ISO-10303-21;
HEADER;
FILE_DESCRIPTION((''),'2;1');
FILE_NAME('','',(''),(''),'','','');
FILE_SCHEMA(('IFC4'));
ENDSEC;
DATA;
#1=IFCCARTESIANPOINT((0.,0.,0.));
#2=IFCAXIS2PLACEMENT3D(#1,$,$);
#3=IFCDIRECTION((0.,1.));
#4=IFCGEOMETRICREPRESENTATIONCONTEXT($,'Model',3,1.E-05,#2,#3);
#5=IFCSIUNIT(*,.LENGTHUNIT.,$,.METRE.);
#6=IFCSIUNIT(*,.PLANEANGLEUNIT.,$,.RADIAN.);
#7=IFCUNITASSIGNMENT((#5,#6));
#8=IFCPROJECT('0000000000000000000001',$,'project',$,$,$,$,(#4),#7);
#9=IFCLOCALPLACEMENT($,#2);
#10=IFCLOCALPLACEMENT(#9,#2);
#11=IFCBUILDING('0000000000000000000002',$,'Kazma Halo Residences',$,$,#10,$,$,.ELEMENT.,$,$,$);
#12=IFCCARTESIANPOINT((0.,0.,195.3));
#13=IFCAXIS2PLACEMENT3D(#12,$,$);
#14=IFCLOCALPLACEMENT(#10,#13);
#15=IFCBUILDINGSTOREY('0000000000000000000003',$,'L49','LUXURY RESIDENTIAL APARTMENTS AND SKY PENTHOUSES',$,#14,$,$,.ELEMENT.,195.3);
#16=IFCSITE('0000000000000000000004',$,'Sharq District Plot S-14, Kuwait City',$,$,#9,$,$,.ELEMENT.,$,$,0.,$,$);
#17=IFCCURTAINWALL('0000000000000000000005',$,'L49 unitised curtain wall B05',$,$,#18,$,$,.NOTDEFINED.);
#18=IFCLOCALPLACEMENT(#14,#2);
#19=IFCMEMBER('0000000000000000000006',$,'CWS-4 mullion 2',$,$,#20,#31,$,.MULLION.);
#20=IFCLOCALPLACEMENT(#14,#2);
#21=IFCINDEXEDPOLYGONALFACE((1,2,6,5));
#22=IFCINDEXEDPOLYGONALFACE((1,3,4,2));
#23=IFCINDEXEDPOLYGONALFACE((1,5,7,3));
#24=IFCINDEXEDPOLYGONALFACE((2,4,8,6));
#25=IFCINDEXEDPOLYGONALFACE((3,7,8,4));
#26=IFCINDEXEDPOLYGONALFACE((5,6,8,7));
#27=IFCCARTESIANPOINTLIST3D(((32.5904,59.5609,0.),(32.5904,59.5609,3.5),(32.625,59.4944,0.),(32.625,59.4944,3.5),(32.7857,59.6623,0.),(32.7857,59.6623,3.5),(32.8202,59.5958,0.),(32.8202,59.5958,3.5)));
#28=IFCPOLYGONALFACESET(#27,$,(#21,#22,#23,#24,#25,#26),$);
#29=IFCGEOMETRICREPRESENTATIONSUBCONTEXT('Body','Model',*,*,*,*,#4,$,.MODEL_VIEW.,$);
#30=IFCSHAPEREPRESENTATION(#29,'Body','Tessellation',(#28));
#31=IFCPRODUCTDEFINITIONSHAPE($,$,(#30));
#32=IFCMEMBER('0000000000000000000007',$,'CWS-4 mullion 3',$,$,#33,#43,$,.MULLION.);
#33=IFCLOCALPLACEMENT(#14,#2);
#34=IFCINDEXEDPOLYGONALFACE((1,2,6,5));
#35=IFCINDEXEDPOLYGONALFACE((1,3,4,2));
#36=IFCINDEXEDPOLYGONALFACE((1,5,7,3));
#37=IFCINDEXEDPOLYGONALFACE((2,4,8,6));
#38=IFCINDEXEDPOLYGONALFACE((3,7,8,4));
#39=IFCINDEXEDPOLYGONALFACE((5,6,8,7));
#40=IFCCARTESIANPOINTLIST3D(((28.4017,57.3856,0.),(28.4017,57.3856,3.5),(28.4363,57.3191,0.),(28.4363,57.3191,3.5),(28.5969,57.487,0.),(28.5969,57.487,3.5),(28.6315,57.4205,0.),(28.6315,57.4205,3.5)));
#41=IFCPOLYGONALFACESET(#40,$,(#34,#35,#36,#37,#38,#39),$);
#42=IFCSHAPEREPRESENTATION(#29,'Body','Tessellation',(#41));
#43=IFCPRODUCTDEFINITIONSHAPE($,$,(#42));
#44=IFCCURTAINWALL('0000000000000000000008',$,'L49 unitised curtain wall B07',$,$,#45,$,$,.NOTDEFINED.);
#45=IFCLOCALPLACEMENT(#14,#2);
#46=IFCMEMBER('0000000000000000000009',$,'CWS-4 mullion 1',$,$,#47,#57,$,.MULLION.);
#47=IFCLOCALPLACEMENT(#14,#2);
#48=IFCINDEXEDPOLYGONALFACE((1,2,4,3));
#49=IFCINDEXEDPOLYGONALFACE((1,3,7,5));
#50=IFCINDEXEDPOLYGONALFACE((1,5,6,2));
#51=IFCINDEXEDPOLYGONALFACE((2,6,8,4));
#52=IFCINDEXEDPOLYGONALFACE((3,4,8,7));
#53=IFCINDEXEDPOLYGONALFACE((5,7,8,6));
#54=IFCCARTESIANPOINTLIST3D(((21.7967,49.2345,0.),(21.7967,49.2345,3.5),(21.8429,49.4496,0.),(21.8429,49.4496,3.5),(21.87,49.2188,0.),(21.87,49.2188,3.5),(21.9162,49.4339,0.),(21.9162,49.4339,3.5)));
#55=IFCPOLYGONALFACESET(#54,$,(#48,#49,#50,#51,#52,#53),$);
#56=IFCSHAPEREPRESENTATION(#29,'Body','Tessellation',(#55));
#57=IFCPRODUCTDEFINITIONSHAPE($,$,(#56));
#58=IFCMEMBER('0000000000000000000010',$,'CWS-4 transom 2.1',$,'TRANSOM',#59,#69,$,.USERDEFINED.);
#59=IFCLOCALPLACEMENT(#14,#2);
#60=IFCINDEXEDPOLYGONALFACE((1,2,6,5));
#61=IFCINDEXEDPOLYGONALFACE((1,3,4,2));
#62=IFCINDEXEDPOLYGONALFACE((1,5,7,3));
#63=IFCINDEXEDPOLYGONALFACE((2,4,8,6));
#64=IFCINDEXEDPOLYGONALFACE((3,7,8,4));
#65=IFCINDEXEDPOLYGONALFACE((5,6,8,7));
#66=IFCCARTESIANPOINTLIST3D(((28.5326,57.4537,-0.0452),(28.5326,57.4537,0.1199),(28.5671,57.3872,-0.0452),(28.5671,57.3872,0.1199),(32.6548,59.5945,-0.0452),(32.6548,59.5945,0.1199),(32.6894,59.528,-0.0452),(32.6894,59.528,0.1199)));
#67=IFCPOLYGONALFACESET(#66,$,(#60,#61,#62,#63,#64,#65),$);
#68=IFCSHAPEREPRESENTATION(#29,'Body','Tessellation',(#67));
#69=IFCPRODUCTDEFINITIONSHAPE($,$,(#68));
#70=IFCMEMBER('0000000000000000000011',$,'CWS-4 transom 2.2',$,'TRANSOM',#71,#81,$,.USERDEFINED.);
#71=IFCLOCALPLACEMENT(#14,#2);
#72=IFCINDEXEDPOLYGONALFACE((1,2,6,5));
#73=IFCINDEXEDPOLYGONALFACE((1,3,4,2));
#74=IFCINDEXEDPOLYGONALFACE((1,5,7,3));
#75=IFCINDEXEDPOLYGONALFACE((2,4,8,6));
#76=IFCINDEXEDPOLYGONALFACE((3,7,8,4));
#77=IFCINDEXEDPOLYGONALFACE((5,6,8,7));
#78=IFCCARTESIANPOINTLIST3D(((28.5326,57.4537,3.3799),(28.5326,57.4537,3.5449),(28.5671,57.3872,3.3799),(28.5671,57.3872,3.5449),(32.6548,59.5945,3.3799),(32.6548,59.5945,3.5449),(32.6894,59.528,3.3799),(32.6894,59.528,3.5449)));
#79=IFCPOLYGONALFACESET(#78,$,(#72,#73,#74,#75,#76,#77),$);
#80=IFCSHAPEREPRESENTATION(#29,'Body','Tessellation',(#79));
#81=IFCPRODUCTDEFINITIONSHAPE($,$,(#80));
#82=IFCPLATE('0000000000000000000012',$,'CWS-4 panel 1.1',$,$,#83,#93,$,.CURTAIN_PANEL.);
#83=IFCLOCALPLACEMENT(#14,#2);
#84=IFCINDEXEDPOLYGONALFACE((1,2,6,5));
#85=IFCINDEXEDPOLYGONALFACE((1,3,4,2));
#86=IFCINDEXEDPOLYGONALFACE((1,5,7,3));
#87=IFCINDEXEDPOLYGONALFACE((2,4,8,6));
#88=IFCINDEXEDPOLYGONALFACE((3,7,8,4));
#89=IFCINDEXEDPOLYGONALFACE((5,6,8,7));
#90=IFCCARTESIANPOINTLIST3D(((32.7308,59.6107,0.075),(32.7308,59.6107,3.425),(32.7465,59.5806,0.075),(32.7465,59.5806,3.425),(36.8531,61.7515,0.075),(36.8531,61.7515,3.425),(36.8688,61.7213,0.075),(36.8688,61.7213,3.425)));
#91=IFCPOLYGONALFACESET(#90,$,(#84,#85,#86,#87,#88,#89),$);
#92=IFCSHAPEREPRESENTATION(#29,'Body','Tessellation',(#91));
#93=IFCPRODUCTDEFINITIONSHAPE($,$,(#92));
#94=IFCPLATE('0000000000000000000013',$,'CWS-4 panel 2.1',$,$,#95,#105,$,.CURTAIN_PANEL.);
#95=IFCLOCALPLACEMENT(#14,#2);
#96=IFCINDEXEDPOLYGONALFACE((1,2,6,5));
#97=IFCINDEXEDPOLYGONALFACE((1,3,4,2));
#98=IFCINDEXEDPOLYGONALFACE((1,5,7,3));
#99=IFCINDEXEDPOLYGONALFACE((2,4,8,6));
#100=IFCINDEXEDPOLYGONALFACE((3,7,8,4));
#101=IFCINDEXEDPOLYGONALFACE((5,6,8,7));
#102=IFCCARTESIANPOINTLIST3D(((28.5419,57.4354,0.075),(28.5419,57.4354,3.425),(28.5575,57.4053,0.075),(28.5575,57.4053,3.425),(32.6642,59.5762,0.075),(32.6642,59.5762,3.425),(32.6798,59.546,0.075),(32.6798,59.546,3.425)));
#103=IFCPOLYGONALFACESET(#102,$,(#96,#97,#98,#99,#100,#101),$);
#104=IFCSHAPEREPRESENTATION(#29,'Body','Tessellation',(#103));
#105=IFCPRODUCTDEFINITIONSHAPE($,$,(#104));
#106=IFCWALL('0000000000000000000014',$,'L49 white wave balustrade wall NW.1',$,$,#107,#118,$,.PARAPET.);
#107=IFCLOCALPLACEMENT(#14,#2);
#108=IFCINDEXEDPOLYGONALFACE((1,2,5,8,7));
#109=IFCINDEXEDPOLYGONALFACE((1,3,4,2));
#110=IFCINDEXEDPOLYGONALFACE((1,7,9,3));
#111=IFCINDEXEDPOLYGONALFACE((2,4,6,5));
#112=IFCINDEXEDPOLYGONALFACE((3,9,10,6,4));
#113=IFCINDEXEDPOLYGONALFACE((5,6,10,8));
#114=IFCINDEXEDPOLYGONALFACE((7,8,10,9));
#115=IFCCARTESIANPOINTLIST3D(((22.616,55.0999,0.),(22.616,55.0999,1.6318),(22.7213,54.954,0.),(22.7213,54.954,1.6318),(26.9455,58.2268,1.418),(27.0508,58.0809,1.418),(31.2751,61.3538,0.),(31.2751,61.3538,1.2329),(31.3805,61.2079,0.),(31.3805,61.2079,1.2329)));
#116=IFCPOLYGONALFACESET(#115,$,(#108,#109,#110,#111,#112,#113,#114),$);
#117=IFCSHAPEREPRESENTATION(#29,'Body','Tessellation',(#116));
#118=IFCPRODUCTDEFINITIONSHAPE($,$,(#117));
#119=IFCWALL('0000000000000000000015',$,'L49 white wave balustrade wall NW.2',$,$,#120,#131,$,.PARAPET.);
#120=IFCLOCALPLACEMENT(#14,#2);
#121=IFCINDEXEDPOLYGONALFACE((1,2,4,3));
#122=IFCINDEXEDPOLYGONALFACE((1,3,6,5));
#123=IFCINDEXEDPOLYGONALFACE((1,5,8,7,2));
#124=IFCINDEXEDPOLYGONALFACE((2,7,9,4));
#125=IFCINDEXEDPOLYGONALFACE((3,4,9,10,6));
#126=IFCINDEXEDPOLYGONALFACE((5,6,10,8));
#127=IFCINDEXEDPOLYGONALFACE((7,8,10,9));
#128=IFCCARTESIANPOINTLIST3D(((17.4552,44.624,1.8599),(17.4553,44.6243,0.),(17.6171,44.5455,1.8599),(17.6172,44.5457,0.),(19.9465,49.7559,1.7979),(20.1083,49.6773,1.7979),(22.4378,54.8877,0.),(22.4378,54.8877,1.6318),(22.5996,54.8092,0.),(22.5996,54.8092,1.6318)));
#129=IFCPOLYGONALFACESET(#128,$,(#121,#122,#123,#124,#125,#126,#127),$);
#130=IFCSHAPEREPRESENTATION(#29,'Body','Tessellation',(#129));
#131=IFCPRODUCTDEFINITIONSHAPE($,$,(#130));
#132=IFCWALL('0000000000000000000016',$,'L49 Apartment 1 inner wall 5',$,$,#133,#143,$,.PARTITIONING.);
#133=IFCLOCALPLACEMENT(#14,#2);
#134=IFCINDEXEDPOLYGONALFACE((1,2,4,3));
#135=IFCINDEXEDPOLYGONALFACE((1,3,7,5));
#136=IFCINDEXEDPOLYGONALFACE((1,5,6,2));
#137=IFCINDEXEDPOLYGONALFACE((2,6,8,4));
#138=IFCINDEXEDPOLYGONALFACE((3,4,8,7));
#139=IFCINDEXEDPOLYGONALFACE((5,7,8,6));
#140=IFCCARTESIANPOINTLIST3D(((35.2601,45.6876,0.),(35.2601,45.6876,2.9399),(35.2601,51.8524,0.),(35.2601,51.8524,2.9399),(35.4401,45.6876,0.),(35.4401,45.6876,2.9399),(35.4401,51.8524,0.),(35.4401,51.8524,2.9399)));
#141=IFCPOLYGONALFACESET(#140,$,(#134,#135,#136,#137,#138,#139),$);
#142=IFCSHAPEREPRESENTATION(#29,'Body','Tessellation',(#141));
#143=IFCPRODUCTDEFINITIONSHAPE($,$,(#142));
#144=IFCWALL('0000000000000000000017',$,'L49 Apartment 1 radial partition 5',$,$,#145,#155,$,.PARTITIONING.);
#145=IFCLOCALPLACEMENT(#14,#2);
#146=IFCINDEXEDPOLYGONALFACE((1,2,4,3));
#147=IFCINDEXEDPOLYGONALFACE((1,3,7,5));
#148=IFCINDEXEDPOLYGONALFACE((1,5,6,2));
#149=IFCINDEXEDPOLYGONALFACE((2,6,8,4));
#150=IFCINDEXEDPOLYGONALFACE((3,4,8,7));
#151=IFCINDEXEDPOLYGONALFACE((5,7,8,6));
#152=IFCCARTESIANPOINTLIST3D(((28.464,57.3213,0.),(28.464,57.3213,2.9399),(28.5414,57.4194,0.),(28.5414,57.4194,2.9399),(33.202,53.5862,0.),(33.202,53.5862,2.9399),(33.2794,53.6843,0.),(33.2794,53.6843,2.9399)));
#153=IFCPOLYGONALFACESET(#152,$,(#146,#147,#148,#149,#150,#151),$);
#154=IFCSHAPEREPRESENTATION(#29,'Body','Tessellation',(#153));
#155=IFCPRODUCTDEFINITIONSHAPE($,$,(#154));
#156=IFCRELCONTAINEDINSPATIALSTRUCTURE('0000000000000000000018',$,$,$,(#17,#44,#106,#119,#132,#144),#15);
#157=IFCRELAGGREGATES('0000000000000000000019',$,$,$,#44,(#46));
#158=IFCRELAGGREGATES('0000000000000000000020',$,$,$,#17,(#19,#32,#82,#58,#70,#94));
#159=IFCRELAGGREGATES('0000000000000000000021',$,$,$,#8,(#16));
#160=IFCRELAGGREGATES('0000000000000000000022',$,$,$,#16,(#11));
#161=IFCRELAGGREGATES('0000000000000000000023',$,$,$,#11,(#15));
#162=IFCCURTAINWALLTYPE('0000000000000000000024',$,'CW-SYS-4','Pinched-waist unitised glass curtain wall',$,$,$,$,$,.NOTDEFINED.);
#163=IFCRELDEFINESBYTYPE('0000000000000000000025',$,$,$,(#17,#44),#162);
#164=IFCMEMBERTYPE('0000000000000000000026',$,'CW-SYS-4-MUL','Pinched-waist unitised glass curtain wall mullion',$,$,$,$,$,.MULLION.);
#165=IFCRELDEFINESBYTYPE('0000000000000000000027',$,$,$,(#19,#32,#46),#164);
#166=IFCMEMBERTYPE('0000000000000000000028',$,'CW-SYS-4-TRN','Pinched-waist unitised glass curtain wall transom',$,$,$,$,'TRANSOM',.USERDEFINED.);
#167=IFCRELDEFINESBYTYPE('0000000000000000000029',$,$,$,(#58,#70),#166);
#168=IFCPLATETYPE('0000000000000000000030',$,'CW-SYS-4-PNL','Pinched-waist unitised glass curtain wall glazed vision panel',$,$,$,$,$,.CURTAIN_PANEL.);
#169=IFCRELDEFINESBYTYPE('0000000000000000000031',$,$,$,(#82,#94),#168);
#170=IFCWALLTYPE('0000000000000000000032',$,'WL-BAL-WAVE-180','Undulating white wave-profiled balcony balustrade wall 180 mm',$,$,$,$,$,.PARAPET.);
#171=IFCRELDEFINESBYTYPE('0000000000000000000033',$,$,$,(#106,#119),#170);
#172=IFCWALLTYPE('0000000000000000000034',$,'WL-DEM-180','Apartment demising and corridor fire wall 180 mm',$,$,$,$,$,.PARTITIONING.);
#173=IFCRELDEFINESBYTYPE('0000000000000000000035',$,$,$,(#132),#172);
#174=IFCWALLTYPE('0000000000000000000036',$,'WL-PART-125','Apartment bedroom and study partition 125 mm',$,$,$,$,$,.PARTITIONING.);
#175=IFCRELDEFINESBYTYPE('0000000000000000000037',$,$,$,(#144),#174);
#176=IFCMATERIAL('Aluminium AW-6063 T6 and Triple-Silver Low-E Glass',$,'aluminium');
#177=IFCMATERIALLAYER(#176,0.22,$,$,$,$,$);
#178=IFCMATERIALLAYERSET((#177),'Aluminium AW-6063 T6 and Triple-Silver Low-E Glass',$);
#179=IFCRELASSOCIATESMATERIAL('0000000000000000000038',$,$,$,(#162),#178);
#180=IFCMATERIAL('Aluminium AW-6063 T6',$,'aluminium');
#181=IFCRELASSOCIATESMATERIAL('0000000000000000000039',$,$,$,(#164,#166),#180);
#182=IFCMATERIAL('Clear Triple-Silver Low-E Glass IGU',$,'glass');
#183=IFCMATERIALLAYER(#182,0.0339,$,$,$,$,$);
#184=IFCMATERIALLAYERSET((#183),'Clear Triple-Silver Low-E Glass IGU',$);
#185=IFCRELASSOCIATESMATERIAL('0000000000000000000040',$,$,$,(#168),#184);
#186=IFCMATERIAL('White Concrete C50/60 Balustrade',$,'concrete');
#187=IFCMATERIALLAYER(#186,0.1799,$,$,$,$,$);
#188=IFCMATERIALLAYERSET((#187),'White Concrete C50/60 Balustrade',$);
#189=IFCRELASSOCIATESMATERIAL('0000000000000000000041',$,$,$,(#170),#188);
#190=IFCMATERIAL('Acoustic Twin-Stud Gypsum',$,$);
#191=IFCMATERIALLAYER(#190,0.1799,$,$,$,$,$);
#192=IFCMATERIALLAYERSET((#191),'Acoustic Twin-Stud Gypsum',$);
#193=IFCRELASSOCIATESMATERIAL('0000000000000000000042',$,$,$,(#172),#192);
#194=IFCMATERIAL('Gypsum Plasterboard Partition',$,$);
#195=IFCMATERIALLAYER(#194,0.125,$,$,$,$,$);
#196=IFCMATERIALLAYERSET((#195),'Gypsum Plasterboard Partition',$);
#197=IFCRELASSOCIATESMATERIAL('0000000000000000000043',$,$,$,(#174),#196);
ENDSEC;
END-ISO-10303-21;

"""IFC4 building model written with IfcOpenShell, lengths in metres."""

from ifc_helpers import new_model, si_unit, direction, frame, frame_2d, origin, origin_2d, place, context, subcontext, project, spatial, polyline, rectangle, outline, extrude, material, layer, layer_set, material_profile, profile_set, type_object, element, aggregate, save


model = new_model("IFC4")

# Units and contexts
model_context = context("Model", 3, precision=1e-05, world=origin(), true_north=direction((0.0, 1.0)))
body_context = subcontext(model_context, "Body", "Model", "MODEL_VIEW")
ifc_project = project(units=[si_unit("LENGTHUNIT", "METRE"), si_unit("PLANEANGLEUNIT", "RADIAN")], contexts=[model_context])

# Site, building, storey
site_placement = place(None, origin())
site = spatial("IfcSite", under=ifc_project, at=site_placement, Name="Sharq District Plot S-14, Kuwait City", CompositionType="ELEMENT", RefElevation=0.0)
building_placement = place(site_placement, origin())
building = spatial("IfcBuilding", under=site, at=building_placement, Name="Kazma Halo Residences", CompositionType="ELEMENT")
storey_placement = place(building_placement, frame((0.0, 0.0, 195.3)))
storey = spatial("IfcBuildingStorey", under=building, at=storey_placement, Name="L49", Description="LUXURY RESIDENTIAL APARTMENTS AND SKY PENTHOUSES", CompositionType="ELEMENT", Elevation=195.3)

# Curtain wall, members
ifc_material_1 = material(Name="Aluminium AW-6063 T6 and Triple-Silver Low-E Glass", Category="aluminium")
ifc_layer_1 = layer(ifc_material_1, 0.22)
ifc_layer_set_1 = layer_set([ifc_layer_1], Name="Aluminium AW-6063 T6 and Triple-Silver Low-E Glass")
curtain_wall_type = type_object("IfcCurtainWallType", Name="CW-SYS-4", Description="Pinched-waist unitised glass curtain wall", PredefinedType="NOTDEFINED", material=ifc_layer_set_1)
curtain_wall_1_placement = place(storey_placement, origin())
curtain_wall_1 = element("IfcCurtainWall", 1, at=curtain_wall_1_placement, inside=storey, type_object=curtain_wall_type, Name="L49 unitised curtain wall B05", PredefinedType="NOTDEFINED")
ifc_material_2 = material(Name="Aluminium AW-6063 T6", Category="aluminium")
ifc_material_profile_1 = material_profile(ifc_material_2, rectangle(XDim=0.075, YDim=0.22, at=origin_2d()), Name="CWM-75x220")
ifc_profile_set_1 = profile_set([ifc_material_profile_1], Name="Aluminium AW-6063 T6")
member_type_1 = type_object("IfcMemberType", Name="CW-SYS-4-MUL", Description="Pinched-waist unitised glass curtain wall mullion", PredefinedType="MULLION", material=ifc_profile_set_1)
member_1_placement = place(storey_placement, frame((32.7053, 59.5784, 0.0), z_axis=(0.0, 0.0, 1.0), x_axis=(0.460874, -0.887466, 0.0)))
member_1 = element("IfcMember", 2, at=member_1_placement, type_object=member_type_1, Name="CWS-4 mullion 2", PredefinedType="MULLION", context=body_context, shape_type="SweptSolid", body=[
    extrude(rectangle(XDim=0.075, YDim=0.22, at=origin_2d()), origin(), (0.0, 0.0, 1.0), 3.5),
])
member_2_placement = place(storey_placement, frame((28.5166, 57.4031, 0.0), z_axis=(0.0, 0.0, 1.0), x_axis=(0.460874, -0.887466, 0.0)))
member_2 = element("IfcMember", 3, at=member_2_placement, type_object=member_type_1, Name="CWS-4 mullion 3", PredefinedType="MULLION", context=body_context, shape_type="SweptSolid", body=[
    extrude(rectangle(XDim=0.075, YDim=0.22, at=origin_2d()), origin(), (0.0, 0.0, 1.0), 3.5),
])

# Curtain wall, member
curtain_wall_2_placement = place(storey_placement, origin())
curtain_wall_2 = element("IfcCurtainWall", 4, at=curtain_wall_2_placement, inside=storey, type_object=curtain_wall_type, Name="L49 unitised curtain wall B07", PredefinedType="NOTDEFINED")
member_3_placement = place(storey_placement, frame((21.8564, 49.3342, 0.0), z_axis=(0.0, 0.0, 1.0), x_axis=(0.977768, -0.20969, 0.0)))
member_3 = element("IfcMember", 5, at=member_3_placement, type_object=member_type_1, Name="CWS-4 mullion 1", PredefinedType="MULLION", context=body_context, shape_type="SweptSolid", body=[
    extrude(rectangle(XDim=0.075, YDim=0.22, at=origin_2d()), origin(), (0.0, 0.0, 1.0), 3.5),
])
aggregate(curtain_wall_2, [member_3])

# Members
ifc_material_profile_2 = material_profile(ifc_material_2, rectangle(XDim=0.075, YDim=0.165, at=origin_2d()), Name="CWT-75x165")
ifc_profile_set_2 = profile_set([ifc_material_profile_2], Name="Aluminium AW-6063 T6")
member_type_2 = type_object("IfcMemberType", Name="CW-SYS-4-TRN", Description="Pinched-waist unitised glass curtain wall transom", ElementType="TRANSOM", PredefinedType="USERDEFINED", material=ifc_profile_set_2)
member_4_placement = place(storey_placement, frame((32.6721, 59.5613, 0.0374), z_axis=(-0.887458, -0.460889, 0.0), x_axis=(0.460889, -0.887458, 0.0)))
member_4 = element("IfcMember", 6, at=member_4_placement, type_object=member_type_2, Name="CWS-4 transom 2.1", ObjectType="TRANSOM", PredefinedType="USERDEFINED", context=body_context, shape_type="SweptSolid", body=[
    extrude(rectangle(XDim=0.075, YDim=0.165, at=origin_2d()), origin(), (0.0, 0.0, 1.0), 4.645),
])
member_5_placement = place(storey_placement, frame((32.6721, 59.5613, 3.4624), z_axis=(-0.887458, -0.460889, 0.0), x_axis=(0.460889, -0.887458, 0.0)))
member_5 = element("IfcMember", 7, at=member_5_placement, type_object=member_type_2, Name="CWS-4 transom 2.2", ObjectType="TRANSOM", PredefinedType="USERDEFINED", context=body_context, shape_type="SweptSolid", body=[
    extrude(rectangle(XDim=0.075, YDim=0.165, at=origin_2d()), origin(), (0.0, 0.0, 1.0), 4.645),
])

# Plates
ifc_material_3 = material(Name="Clear Triple-Silver Low-E Glass IGU", Category="glass")
ifc_layer_2 = layer(ifc_material_3, 0.0339)
ifc_layer_set_2 = layer_set([ifc_layer_2], Name="Clear Triple-Silver Low-E Glass IGU")
plate_type = type_object("IfcPlateType", Name="CW-SYS-4-PNL", Description="Pinched-waist unitised glass curtain wall glazed vision panel", PredefinedType="CURTAIN_PANEL", material=ifc_layer_set_2)
plate_1_placement = place(storey_placement, frame((34.7998, 60.666, 0.075), z_axis=(0.0, 0.0, 1.0), x_axis=(-0.887466, -0.460874, 0.0)))
plate_1 = element("IfcPlate", 8, at=plate_1_placement, type_object=plate_type, Name="CWS-4 panel 1.1", PredefinedType="CURTAIN_PANEL", context=body_context, shape_type="SweptSolid", body=[
    extrude(rectangle(XDim=4.645, YDim=0.0339, at=origin_2d()), origin(), (0.0, 0.0, 1.0), 3.3501),
])
plate_2_placement = place(storey_placement, frame((30.6108, 58.4907, 0.075), z_axis=(0.0, 0.0, 1.0), x_axis=(-0.887466, -0.460874, 0.0)))
plate_2 = element("IfcPlate", 9, at=plate_2_placement, type_object=plate_type, Name="CWS-4 panel 2.1", PredefinedType="CURTAIN_PANEL", context=body_context, shape_type="SweptSolid", body=[
    extrude(rectangle(XDim=4.645, YDim=0.0339, at=origin_2d()), origin(), (0.0, 0.0, 1.0), 3.3501),
])
aggregate(curtain_wall_1, [member_1, member_2, plate_1, member_4, member_5, plate_2])

# Walls
ifc_material_4 = material(Name="White Concrete C50/60 Balustrade", Category="concrete")
ifc_layer_3 = layer(ifc_material_4, 0.1799)
ifc_layer_set_3 = layer_set([ifc_layer_3], Name="White Concrete C50/60 Balustrade")
wall_type_1 = type_object("IfcWallType", Name="WL-BAL-WAVE-180", Description="Undulating white wave-profiled balcony balustrade wall 180 mm", PredefinedType="PARAPET", material=ifc_layer_set_3)
wall_1_placement = place(storey_placement, frame((31.3279, 61.2808, 0.0), z_axis=(0.0, 0.0, 1.0), x_axis=(-0.810677, -0.585494, 0.0)))
element("IfcWall", 10, at=wall_1_placement, inside=storey, type_object=wall_type_1, Name="L49 white wave balustrade wall NW.1", PredefinedType="PARAPET", context=body_context, shape_type="SweptSolid", body=[
    extrude(outline(polyline([(0.0, 0.0), (10.6814, 0.0), (10.6814, 1.6318), (5.3408, 1.418), (0.0, 1.2329), (0.0, 0.0)])), frame((0.0, 0.0898, 0.0), z_axis=(0.0, -1.0, 0.0), x_axis=(1.0, 0.0, 0.0)), (0.0, 0.0, 1.0), 0.1799),
])
wall_2_placement = place(storey_placement, frame((22.5188, 54.8484, 0.0), z_axis=(0.0, 0.0, 1.0), x_axis=(-0.436714, -0.8996, 0.0)))
element("IfcWall", 11, at=wall_2_placement, inside=storey, type_object=wall_type_1, Name="L49 white wave balustrade wall NW.2", PredefinedType="PARAPET", context=body_context, shape_type="SweptSolid", body=[
    extrude(outline(polyline([(0.0, 0.0), (11.4089, 0.0), (11.4092, 1.8599), (5.7046, 1.7979), (0.0, 1.6318), (0.0, 0.0)])), frame((0.0, 0.0898, 0.0), z_axis=(0.0, -1.0, 0.0), x_axis=(1.0, 0.0, 0.0)), (0.0, 0.0, 1.0), 0.1799),
])
ifc_material_5 = material(Name="Acoustic Twin-Stud Gypsum")
ifc_layer_4 = layer(ifc_material_5, 0.1799)
ifc_layer_set_4 = layer_set([ifc_layer_4], Name="Acoustic Twin-Stud Gypsum")
wall_type_2 = type_object("IfcWallType", Name="WL-DEM-180", Description="Apartment demising and corridor fire wall 180 mm", PredefinedType="PARTITIONING", material=ifc_layer_set_4)
wall_3_placement = place(storey_placement, frame((35.3501, 51.8525, 0.0), z_axis=(0.0, 0.0, 1.0), x_axis=(0.0, -1.0, 0.0)))
element("IfcWall", 12, at=wall_3_placement, inside=storey, type_object=wall_type_2, Name="L49 Apartment 1 inner wall 5", PredefinedType="PARTITIONING", context=body_context, shape_type="SweptSolid", body=[
    extrude(rectangle(XDim=6.1648, YDim=0.1799, at=frame_2d((3.0825, 0.0))), origin(), (0.0, 0.0, 1.0), 2.9399),
])

# Wall
ifc_material_6 = material(Name="Gypsum Plasterboard Partition")
ifc_layer_5 = layer(ifc_material_6, 0.125)
ifc_layer_set_5 = layer_set([ifc_layer_5], Name="Gypsum Plasterboard Partition")
wall_type_3 = type_object("IfcWallType", Name="WL-PART-125", Description="Apartment bedroom and study partition 125 mm", PredefinedType="PARTITIONING", material=ifc_layer_set_5)
wall_4_placement = place(storey_placement, frame((33.2407, 53.6353, 0.0), z_axis=(0.0, 0.0, 1.0), x_axis=(-0.785322, 0.619088, 0.0)))
element("IfcWall", 13, at=wall_4_placement, inside=storey, type_object=wall_type_3, Name="L49 Apartment 1 radial partition 5", PredefinedType="PARTITIONING", context=body_context, shape_type="SweptSolid", body=[
    extrude(rectangle(XDim=6.0332, YDim=0.125, at=frame_2d((3.0166, 0.0))), origin(), (0.0, 0.0, 1.0), 2.9399),
])

save(model, "model.ifc")
